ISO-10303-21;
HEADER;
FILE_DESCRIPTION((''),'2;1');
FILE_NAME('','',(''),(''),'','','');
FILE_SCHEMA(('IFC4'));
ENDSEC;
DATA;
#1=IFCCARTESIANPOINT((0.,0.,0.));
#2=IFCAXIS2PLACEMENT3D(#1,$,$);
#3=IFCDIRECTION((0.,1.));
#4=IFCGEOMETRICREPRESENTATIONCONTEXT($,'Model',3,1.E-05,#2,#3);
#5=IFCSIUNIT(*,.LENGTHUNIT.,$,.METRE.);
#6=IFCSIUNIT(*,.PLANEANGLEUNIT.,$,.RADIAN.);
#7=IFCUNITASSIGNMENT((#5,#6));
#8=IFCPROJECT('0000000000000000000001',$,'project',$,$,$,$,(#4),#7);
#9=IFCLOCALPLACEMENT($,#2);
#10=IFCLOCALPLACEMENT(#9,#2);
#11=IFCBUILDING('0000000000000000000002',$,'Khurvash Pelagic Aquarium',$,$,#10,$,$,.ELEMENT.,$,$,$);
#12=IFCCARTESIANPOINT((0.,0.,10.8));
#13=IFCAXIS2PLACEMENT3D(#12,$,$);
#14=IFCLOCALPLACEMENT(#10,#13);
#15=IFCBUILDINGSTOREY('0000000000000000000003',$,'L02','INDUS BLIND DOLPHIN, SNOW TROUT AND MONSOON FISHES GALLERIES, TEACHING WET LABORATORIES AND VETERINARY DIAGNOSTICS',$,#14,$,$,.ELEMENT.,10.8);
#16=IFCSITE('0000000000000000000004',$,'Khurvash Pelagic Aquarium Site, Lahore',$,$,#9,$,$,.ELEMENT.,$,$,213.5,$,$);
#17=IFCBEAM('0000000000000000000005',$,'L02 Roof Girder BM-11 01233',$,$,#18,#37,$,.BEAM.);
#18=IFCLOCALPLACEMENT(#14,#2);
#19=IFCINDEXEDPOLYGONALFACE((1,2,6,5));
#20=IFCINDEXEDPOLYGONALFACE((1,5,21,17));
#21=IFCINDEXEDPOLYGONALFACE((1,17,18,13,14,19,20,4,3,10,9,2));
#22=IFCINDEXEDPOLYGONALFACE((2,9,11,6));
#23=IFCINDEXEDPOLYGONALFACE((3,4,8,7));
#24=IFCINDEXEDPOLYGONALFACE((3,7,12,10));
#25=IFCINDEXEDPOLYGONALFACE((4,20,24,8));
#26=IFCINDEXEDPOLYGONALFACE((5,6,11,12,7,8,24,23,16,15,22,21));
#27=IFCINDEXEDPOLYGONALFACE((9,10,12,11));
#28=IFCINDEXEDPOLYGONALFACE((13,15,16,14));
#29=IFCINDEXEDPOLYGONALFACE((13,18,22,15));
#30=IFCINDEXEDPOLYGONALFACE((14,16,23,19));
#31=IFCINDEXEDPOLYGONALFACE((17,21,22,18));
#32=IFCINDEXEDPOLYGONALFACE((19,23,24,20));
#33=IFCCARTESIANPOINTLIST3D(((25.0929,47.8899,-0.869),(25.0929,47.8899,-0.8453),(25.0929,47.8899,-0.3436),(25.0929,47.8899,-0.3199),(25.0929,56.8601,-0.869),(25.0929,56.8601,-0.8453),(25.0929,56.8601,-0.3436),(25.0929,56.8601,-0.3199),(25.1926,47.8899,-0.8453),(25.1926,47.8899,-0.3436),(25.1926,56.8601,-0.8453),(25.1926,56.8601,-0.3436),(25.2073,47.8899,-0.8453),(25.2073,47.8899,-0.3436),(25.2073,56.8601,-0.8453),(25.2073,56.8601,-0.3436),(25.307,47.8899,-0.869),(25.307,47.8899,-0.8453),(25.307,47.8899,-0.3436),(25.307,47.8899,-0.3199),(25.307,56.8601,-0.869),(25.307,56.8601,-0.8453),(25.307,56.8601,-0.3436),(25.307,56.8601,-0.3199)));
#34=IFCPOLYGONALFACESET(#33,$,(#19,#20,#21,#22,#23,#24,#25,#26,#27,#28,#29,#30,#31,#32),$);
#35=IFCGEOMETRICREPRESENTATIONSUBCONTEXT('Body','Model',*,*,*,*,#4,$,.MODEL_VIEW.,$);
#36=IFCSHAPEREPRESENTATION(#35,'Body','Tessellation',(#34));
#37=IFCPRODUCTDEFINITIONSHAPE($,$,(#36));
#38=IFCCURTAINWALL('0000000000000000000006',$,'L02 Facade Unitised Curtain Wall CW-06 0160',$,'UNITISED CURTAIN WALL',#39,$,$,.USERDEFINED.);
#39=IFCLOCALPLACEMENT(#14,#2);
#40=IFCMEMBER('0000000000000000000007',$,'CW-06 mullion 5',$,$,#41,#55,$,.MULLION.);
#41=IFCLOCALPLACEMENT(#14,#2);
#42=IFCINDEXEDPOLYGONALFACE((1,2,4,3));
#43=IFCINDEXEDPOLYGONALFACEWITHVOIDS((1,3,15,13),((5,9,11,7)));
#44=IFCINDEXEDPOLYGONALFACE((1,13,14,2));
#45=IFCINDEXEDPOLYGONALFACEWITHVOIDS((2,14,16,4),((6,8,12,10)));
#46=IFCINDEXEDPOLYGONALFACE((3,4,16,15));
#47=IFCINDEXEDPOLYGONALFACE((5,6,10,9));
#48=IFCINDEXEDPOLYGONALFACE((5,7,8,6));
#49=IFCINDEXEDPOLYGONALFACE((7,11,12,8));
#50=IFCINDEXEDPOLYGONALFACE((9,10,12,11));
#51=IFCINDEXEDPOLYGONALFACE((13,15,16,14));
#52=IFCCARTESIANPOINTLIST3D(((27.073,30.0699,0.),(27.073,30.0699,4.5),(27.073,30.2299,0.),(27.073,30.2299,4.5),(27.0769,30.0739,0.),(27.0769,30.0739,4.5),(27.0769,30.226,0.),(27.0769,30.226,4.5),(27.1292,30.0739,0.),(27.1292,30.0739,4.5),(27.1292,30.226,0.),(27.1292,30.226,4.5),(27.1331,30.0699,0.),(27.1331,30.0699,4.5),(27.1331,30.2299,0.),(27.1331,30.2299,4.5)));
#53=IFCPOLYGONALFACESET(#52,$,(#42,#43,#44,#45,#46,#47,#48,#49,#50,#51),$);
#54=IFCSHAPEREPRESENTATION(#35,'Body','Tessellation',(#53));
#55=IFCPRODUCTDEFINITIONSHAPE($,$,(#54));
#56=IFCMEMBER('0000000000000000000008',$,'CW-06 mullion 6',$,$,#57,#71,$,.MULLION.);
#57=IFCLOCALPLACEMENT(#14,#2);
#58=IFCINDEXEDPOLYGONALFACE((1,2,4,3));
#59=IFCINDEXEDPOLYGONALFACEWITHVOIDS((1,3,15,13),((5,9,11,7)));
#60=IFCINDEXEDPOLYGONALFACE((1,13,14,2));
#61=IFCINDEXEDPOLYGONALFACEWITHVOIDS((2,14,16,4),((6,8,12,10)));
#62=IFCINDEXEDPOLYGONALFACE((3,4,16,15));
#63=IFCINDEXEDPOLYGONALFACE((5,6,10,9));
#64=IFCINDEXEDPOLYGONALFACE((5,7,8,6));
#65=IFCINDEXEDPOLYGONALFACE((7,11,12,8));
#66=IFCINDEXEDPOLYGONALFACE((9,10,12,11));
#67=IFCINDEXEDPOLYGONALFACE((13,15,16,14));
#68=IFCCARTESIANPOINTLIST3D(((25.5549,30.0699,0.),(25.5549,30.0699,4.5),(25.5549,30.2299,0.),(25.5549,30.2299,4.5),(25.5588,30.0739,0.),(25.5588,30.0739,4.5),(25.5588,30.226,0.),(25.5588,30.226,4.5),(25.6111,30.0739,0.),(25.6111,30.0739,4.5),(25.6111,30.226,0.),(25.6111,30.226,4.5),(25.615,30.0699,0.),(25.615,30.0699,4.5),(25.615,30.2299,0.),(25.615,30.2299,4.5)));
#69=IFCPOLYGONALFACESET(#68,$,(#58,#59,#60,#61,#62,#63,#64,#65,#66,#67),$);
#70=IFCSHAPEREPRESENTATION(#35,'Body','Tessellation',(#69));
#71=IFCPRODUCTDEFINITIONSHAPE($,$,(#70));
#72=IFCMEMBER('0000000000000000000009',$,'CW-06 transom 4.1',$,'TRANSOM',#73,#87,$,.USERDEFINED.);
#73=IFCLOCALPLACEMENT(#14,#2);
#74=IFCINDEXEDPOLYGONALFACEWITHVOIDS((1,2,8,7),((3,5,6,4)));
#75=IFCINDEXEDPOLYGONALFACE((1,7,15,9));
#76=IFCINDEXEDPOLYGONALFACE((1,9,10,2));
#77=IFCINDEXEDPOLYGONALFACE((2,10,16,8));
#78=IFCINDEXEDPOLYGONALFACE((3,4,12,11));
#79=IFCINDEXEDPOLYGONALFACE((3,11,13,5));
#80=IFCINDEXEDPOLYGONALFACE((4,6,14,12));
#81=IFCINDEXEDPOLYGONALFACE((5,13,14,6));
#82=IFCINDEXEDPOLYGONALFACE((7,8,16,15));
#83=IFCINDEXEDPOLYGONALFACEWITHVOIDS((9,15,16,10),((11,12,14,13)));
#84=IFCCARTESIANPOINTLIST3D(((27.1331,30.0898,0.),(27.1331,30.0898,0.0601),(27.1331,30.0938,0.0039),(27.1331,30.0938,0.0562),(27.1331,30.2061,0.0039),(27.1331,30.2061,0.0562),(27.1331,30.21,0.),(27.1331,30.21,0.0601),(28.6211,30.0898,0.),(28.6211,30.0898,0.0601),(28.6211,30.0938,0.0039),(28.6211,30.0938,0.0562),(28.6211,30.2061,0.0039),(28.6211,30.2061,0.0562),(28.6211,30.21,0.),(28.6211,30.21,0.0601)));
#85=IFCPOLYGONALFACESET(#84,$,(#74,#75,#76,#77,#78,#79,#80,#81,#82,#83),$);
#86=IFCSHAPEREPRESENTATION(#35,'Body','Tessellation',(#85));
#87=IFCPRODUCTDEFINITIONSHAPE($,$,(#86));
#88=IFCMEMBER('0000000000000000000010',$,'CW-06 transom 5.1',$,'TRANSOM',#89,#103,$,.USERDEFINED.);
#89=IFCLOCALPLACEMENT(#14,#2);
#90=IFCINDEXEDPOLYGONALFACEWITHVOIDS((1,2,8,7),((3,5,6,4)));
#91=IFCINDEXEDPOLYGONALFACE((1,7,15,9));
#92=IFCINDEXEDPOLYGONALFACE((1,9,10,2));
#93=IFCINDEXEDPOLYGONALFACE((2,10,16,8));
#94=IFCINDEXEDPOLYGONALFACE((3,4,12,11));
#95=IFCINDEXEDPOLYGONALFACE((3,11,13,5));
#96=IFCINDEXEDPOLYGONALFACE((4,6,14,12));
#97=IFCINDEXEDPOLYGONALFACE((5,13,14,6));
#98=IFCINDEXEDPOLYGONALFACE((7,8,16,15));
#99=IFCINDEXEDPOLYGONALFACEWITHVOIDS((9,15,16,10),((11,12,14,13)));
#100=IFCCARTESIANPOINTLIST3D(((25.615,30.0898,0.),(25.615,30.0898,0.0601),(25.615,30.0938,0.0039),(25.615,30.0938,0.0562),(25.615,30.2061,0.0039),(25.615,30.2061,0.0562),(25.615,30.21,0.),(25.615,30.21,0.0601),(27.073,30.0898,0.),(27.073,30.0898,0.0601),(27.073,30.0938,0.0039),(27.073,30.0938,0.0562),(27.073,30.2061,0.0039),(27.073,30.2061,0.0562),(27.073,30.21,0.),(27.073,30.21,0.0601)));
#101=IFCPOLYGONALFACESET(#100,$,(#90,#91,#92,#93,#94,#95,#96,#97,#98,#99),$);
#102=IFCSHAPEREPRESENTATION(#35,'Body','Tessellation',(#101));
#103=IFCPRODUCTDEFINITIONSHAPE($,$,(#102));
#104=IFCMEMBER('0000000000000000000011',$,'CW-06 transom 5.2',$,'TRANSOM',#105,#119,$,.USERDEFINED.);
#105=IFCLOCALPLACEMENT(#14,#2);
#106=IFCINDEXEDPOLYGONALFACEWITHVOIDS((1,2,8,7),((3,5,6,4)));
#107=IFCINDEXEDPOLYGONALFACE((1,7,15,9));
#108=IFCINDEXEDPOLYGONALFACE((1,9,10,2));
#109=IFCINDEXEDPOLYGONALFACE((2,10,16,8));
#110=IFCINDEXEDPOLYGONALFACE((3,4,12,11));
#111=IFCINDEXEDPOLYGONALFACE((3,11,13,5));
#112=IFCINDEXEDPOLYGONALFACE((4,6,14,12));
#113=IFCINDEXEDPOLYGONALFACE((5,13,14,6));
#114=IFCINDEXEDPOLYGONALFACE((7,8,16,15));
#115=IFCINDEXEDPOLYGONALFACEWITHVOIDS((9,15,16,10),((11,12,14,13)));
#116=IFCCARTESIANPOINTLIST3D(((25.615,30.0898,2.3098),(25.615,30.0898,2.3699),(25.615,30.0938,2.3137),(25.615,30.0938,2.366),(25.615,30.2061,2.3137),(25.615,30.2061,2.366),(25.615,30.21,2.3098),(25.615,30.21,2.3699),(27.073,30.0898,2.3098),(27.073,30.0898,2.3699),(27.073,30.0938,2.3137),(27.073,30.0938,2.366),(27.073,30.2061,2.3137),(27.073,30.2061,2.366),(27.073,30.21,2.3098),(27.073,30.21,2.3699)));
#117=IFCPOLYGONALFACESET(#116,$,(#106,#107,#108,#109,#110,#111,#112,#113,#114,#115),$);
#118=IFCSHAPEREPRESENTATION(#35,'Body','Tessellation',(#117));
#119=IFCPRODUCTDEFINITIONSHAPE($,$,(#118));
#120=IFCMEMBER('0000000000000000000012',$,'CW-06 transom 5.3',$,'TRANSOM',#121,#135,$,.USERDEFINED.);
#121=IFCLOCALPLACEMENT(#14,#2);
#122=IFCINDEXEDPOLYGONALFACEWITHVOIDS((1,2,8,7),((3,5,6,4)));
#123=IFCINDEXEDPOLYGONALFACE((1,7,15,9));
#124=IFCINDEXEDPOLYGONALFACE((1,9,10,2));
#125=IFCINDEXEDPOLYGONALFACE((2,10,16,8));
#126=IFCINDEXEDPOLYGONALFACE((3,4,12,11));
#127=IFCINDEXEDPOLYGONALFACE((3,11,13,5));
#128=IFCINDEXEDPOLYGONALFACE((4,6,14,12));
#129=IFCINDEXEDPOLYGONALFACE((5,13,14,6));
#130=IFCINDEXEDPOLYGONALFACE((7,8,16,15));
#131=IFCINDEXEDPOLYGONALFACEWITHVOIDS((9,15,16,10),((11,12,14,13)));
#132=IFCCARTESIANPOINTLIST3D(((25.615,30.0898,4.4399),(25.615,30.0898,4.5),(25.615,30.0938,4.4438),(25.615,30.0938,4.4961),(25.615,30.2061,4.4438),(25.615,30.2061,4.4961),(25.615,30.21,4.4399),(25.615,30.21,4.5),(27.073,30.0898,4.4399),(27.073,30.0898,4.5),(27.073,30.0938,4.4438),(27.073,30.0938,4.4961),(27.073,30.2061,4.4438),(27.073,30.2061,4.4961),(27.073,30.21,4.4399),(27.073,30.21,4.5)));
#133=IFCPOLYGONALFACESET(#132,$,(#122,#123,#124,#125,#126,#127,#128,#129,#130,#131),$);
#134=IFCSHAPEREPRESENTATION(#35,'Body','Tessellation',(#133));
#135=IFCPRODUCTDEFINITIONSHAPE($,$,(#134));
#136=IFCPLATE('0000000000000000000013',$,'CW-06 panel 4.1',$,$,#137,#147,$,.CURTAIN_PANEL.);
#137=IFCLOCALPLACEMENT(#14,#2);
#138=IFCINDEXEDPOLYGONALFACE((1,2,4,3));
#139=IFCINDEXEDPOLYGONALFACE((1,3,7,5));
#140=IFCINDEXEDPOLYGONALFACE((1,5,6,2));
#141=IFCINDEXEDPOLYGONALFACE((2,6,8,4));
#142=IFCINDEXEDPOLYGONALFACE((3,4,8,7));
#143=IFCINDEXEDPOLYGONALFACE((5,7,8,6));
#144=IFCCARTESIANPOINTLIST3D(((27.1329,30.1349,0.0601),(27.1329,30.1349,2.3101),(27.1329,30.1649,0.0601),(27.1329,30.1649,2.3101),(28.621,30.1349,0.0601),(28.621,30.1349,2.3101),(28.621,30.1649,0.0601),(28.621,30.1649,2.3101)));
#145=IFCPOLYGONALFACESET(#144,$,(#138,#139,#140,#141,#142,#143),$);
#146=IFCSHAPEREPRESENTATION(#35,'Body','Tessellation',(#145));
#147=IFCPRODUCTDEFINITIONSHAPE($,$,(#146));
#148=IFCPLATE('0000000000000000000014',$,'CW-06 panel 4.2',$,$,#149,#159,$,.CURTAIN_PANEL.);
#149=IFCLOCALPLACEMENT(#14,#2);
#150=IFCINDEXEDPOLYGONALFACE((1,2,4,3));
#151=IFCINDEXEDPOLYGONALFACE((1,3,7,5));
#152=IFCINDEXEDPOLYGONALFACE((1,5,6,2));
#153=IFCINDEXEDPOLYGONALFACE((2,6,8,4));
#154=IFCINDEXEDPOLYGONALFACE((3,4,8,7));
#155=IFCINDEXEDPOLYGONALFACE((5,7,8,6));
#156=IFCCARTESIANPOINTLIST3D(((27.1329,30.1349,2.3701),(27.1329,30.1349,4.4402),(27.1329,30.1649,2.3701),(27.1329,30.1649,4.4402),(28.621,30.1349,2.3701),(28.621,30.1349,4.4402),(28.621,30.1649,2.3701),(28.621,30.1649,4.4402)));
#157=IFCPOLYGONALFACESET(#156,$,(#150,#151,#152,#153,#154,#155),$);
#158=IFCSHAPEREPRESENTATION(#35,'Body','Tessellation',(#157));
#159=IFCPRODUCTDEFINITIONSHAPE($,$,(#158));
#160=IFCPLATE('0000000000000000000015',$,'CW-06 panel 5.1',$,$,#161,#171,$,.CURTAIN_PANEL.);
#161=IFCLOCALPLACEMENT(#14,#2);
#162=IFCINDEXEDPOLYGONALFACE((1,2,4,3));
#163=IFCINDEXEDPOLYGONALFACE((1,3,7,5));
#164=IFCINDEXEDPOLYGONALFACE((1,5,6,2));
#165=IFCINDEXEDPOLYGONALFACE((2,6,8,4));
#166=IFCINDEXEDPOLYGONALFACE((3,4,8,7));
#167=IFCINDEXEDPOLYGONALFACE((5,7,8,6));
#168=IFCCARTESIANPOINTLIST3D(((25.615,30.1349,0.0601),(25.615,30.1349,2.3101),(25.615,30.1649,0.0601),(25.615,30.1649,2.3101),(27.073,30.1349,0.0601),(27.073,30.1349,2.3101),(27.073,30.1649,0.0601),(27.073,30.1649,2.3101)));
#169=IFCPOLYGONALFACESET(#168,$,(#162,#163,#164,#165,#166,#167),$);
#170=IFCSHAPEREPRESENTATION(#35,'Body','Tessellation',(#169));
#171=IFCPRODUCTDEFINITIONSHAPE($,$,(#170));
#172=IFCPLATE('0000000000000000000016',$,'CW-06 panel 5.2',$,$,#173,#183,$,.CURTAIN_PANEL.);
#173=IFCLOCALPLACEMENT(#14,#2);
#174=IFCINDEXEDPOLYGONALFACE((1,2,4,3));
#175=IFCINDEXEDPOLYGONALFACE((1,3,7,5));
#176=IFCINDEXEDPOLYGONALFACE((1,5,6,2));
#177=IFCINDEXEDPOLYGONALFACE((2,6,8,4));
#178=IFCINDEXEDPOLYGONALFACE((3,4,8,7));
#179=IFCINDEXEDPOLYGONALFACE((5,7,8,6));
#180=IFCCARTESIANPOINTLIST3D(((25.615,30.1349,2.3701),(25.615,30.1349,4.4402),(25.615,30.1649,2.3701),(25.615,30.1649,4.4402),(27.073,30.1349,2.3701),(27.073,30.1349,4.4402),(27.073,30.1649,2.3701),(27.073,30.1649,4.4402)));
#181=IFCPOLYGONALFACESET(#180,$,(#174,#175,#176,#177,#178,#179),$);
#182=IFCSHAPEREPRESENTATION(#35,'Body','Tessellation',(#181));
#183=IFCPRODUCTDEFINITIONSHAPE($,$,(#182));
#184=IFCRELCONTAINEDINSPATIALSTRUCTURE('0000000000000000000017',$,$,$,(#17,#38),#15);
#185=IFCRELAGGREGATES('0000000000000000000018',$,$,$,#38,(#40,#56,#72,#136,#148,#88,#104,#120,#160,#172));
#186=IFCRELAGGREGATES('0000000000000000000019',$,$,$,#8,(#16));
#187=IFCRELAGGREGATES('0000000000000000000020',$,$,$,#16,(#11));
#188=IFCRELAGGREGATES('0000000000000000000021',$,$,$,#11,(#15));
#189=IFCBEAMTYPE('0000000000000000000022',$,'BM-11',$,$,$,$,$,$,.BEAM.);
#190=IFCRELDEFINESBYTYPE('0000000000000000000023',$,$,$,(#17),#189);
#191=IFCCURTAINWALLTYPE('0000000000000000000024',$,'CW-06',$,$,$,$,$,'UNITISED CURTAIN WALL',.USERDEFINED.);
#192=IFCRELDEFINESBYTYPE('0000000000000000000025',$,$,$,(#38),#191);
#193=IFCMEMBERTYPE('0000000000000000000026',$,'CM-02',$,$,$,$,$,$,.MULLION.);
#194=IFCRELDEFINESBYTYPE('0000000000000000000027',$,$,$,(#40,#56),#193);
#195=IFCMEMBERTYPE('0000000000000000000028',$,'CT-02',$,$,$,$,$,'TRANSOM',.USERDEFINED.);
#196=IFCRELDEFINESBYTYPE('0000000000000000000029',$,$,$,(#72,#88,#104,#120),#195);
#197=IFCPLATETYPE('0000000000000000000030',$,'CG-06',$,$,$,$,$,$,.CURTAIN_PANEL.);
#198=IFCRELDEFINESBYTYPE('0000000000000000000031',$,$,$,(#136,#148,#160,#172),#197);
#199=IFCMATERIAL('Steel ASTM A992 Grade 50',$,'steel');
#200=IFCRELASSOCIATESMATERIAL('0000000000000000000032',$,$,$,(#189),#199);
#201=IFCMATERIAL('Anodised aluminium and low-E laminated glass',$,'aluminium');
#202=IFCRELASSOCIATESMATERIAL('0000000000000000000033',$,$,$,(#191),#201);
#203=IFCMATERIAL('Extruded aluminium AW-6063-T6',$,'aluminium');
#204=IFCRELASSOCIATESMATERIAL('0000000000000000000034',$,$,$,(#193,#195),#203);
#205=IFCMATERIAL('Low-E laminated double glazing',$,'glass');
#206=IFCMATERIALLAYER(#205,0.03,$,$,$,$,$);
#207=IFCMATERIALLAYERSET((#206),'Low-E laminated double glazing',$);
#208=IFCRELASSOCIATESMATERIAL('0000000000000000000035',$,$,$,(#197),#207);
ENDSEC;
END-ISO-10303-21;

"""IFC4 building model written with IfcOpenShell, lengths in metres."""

from ifc_helpers import new_model, si_unit, direction, frame, origin, origin_2d, place, context, subcontext, project, spatial, rectangle, hollow_rectangle, i_section, extrude, material, layer, layer_set, material_profile, profile_set, type_object, element, aggregate, save


model = new_model("IFC4")

# Units and contexts
model_context = context("Model", 3, precision=1e-05, world=origin(), true_north=direction((0.0, 1.0)))
body_context = subcontext(model_context, "Body", "Model", "MODEL_VIEW")
ifc_project = project(units=[si_unit("LENGTHUNIT", "METRE"), si_unit("PLANEANGLEUNIT", "RADIAN")], contexts=[model_context])

# Site, building, storey
site_placement = place(None, origin())
site = spatial("IfcSite", under=ifc_project, at=site_placement, Name="Khurvash Pelagic Aquarium Site, Lahore", CompositionType="ELEMENT", RefElevation=213.5)
building_placement = place(site_placement, origin())
building = spatial("IfcBuilding", under=site, at=building_placement, Name="Khurvash Pelagic Aquarium", CompositionType="ELEMENT")
storey_placement = place(building_placement, frame((0.0, 0.0, 10.8)))
storey = spatial("IfcBuildingStorey", under=building, at=storey_placement, Name="L02", Description="INDUS BLIND DOLPHIN, SNOW TROUT AND MONSOON FISHES GALLERIES, TEACHING WET LABORATORIES AND VETERINARY DIAGNOSTICS", CompositionType="ELEMENT", Elevation=10.8)

# Beam
ifc_material_1 = material(Name="Steel ASTM A992 Grade 50", Category="steel")
ifc_material_profile_1 = material_profile(ifc_material_1, i_section(OverallWidth=0.2141, OverallDepth=0.5491, WebThickness=0.0146, FlangeThickness=0.0237, at=origin_2d()), Name="W21X93")
ifc_profile_set_1 = profile_set([ifc_material_profile_1], Name="Steel ASTM A992 Grade 50")
beam_type = type_object("IfcBeamType", Name="BM-11", PredefinedType="BEAM", material=ifc_profile_set_1)
beam_1_placement = place(storey_placement, frame((25.2, 47.8899, -0.5945), z_axis=(0.0, 1.0, 0.0), x_axis=(-1.0, 0.0, 0.0)))
element("IfcBeam", 1, at=beam_1_placement, inside=storey, type_object=beam_type, Name="L02 Roof Girder BM-11 01233", PredefinedType="BEAM", context=body_context, shape_type="SweptSolid", body=[
    extrude(i_section(OverallWidth=0.2141, OverallDepth=0.5491, WebThickness=0.0146, FlangeThickness=0.0237, at=origin_2d()), origin(), (0.0, 0.0, 1.0), 8.9702),
])

# Curtain wall, members, plates
ifc_material_2 = material(Name="Anodised aluminium and low-E laminated glass", Category="aluminium")
curtain_wall_type = type_object("IfcCurtainWallType", Name="CW-06", ElementType="UNITISED CURTAIN WALL", PredefinedType="USERDEFINED", material=ifc_material_2)
curtain_wall_placement = place(storey_placement, origin())
curtain_wall = element("IfcCurtainWall", 2, at=curtain_wall_placement, inside=storey, type_object=curtain_wall_type, Name="L02 Facade Unitised Curtain Wall CW-06 0160", ObjectType="UNITISED CURTAIN WALL", PredefinedType="USERDEFINED")
ifc_material_3 = material(Name="Extruded aluminium AW-6063-T6", Category="aluminium")
ifc_material_profile_2 = material_profile(ifc_material_3, hollow_rectangle(XDim=0.0601, YDim=0.1599, WallThickness=0.0039, at=origin_2d()), Name="CWM60X160X4")
ifc_profile_set_2 = profile_set([ifc_material_profile_2], Name="Extruded aluminium AW-6063-T6")
member_type_1 = type_object("IfcMemberType", Name="CM-02", PredefinedType="MULLION", material=ifc_profile_set_2)
member_1_placement = place(storey_placement, frame((27.103, 30.1499, 0.0), z_axis=(0.0, 0.0, 1.0), x_axis=(-1.0, 0.0, 0.0)))
member_1 = element("IfcMember", 3, at=member_1_placement, type_object=member_type_1, Name="CW-06 mullion 5", PredefinedType="MULLION", context=body_context, shape_type="SweptSolid", body=[
    extrude(hollow_rectangle(XDim=0.0601, YDim=0.1599, WallThickness=0.0039, at=origin_2d()), origin(), (0.0, 0.0, 1.0), 4.5),
])
member_2_placement = place(storey_placement, frame((25.585, 30.1499, 0.0), z_axis=(0.0, 0.0, 1.0), x_axis=(-1.0, 0.0, 0.0)))
member_2 = element("IfcMember", 4, at=member_2_placement, type_object=member_type_1, Name="CW-06 mullion 6", PredefinedType="MULLION", context=body_context, shape_type="SweptSolid", body=[
    extrude(hollow_rectangle(XDim=0.0601, YDim=0.1599, WallThickness=0.0039, at=origin_2d()), origin(), (0.0, 0.0, 1.0), 4.5),
])
ifc_material_profile_3 = material_profile(ifc_material_3, hollow_rectangle(XDim=0.1201, YDim=0.0601, WallThickness=0.0039, at=origin_2d()), Name="CWT120X60X4")
ifc_profile_set_3 = profile_set([ifc_material_profile_3], Name="Extruded aluminium AW-6063-T6")
member_type_2 = type_object("IfcMemberType", Name="CT-02", ElementType="TRANSOM", PredefinedType="USERDEFINED", material=ifc_profile_set_3)
member_3_placement = place(storey_placement, frame((28.6211, 30.1499, 0.03), z_axis=(-1.0, 0.0, 0.0), x_axis=(0.0, -1.0, 0.0)))
member_3 = element("IfcMember", 5, at=member_3_placement, type_object=member_type_2, Name="CW-06 transom 4.1", ObjectType="TRANSOM", PredefinedType="USERDEFINED", context=body_context, shape_type="SweptSolid", body=[
    extrude(hollow_rectangle(XDim=0.1201, YDim=0.0601, WallThickness=0.0039, at=origin_2d()), origin(), (0.0, 0.0, 1.0), 1.488),
])
member_4_placement = place(storey_placement, frame((27.073, 30.1499, 0.03), z_axis=(-1.0, 0.0, 0.0), x_axis=(0.0, -1.0, 0.0)))
member_4 = element("IfcMember", 6, at=member_4_placement, type_object=member_type_2, Name="CW-06 transom 5.1", ObjectType="TRANSOM", PredefinedType="USERDEFINED", context=body_context, shape_type="SweptSolid", body=[
    extrude(hollow_rectangle(XDim=0.1201, YDim=0.0601, WallThickness=0.0039, at=origin_2d()), origin(), (0.0, 0.0, 1.0), 1.458),
])
member_5_placement = place(storey_placement, frame((27.073, 30.1499, 2.3398), z_axis=(-1.0, 0.0, 0.0), x_axis=(0.0, -1.0, 0.0)))
member_5 = element("IfcMember", 7, at=member_5_placement, type_object=member_type_2, Name="CW-06 transom 5.2", ObjectType="TRANSOM", PredefinedType="USERDEFINED", context=body_context, shape_type="SweptSolid", body=[
    extrude(hollow_rectangle(XDim=0.1201, YDim=0.0601, WallThickness=0.0039, at=origin_2d()), origin(), (0.0, 0.0, 1.0), 1.458),
])
member_6_placement = place(storey_placement, frame((27.073, 30.1499, 4.47), z_axis=(-1.0, 0.0, 0.0), x_axis=(0.0, -1.0, 0.0)))
member_6 = element("IfcMember", 8, at=member_6_placement, type_object=member_type_2, Name="CW-06 transom 5.3", ObjectType="TRANSOM", PredefinedType="USERDEFINED", context=body_context, shape_type="SweptSolid", body=[
    extrude(hollow_rectangle(XDim=0.1201, YDim=0.0601, WallThickness=0.0039, at=origin_2d()), origin(), (0.0, 0.0, 1.0), 1.458),
])
ifc_material_4 = material(Name="Low-E laminated double glazing", Category="glass")
ifc_layer_1 = layer(ifc_material_4, 0.03)
ifc_layer_set_1 = layer_set([ifc_layer_1], Name="Low-E laminated double glazing")
plate_type = type_object("IfcPlateType", Name="CG-06", PredefinedType="CURTAIN_PANEL", material=ifc_layer_set_1)
plate_1_placement = place(storey_placement, frame((27.877, 30.1499, 0.0601), z_axis=(0.0, 0.0, 1.0), x_axis=(-1.0, 0.0, 0.0)))
plate_1 = element("IfcPlate", 9, at=plate_1_placement, type_object=plate_type, Name="CW-06 panel 4.1", PredefinedType="CURTAIN_PANEL", context=body_context, shape_type="SweptSolid", body=[
    extrude(rectangle(XDim=1.488, YDim=0.03, at=origin_2d()), origin(), (0.0, 0.0, 1.0), 2.25),
])
plate_2_placement = place(storey_placement, frame((27.877, 30.1499, 2.3701), z_axis=(0.0, 0.0, 1.0), x_axis=(-1.0, 0.0, 0.0)))
plate_2 = element("IfcPlate", 10, at=plate_2_placement, type_object=plate_type, Name="CW-06 panel 4.2", PredefinedType="CURTAIN_PANEL", context=body_context, shape_type="SweptSolid", body=[
    extrude(rectangle(XDim=1.488, YDim=0.03, at=origin_2d()), origin(), (0.0, 0.0, 1.0), 2.0701),
])
plate_3_placement = place(storey_placement, frame((26.344, 30.1499, 0.0601), z_axis=(0.0, 0.0, 1.0), x_axis=(-1.0, 0.0, 0.0)))
plate_3 = element("IfcPlate", 11, at=plate_3_placement, type_object=plate_type, Name="CW-06 panel 5.1", PredefinedType="CURTAIN_PANEL", context=body_context, shape_type="SweptSolid", body=[
    extrude(rectangle(XDim=1.458, YDim=0.03, at=origin_2d()), origin(), (0.0, 0.0, 1.0), 2.25),
])
plate_4_placement = place(storey_placement, frame((26.344, 30.1499, 2.3701), z_axis=(0.0, 0.0, 1.0), x_axis=(-1.0, 0.0, 0.0)))
plate_4 = element("IfcPlate", 12, at=plate_4_placement, type_object=plate_type, Name="CW-06 panel 5.2", PredefinedType="CURTAIN_PANEL", context=body_context, shape_type="SweptSolid", body=[
    extrude(rectangle(XDim=1.458, YDim=0.03, at=origin_2d()), origin(), (0.0, 0.0, 1.0), 2.0701),
])
aggregate(curtain_wall, [member_1, member_2, member_3, plate_1, plate_2, member_4, member_5, member_6, plate_3, plate_4])

save(model, "model.ifc")
